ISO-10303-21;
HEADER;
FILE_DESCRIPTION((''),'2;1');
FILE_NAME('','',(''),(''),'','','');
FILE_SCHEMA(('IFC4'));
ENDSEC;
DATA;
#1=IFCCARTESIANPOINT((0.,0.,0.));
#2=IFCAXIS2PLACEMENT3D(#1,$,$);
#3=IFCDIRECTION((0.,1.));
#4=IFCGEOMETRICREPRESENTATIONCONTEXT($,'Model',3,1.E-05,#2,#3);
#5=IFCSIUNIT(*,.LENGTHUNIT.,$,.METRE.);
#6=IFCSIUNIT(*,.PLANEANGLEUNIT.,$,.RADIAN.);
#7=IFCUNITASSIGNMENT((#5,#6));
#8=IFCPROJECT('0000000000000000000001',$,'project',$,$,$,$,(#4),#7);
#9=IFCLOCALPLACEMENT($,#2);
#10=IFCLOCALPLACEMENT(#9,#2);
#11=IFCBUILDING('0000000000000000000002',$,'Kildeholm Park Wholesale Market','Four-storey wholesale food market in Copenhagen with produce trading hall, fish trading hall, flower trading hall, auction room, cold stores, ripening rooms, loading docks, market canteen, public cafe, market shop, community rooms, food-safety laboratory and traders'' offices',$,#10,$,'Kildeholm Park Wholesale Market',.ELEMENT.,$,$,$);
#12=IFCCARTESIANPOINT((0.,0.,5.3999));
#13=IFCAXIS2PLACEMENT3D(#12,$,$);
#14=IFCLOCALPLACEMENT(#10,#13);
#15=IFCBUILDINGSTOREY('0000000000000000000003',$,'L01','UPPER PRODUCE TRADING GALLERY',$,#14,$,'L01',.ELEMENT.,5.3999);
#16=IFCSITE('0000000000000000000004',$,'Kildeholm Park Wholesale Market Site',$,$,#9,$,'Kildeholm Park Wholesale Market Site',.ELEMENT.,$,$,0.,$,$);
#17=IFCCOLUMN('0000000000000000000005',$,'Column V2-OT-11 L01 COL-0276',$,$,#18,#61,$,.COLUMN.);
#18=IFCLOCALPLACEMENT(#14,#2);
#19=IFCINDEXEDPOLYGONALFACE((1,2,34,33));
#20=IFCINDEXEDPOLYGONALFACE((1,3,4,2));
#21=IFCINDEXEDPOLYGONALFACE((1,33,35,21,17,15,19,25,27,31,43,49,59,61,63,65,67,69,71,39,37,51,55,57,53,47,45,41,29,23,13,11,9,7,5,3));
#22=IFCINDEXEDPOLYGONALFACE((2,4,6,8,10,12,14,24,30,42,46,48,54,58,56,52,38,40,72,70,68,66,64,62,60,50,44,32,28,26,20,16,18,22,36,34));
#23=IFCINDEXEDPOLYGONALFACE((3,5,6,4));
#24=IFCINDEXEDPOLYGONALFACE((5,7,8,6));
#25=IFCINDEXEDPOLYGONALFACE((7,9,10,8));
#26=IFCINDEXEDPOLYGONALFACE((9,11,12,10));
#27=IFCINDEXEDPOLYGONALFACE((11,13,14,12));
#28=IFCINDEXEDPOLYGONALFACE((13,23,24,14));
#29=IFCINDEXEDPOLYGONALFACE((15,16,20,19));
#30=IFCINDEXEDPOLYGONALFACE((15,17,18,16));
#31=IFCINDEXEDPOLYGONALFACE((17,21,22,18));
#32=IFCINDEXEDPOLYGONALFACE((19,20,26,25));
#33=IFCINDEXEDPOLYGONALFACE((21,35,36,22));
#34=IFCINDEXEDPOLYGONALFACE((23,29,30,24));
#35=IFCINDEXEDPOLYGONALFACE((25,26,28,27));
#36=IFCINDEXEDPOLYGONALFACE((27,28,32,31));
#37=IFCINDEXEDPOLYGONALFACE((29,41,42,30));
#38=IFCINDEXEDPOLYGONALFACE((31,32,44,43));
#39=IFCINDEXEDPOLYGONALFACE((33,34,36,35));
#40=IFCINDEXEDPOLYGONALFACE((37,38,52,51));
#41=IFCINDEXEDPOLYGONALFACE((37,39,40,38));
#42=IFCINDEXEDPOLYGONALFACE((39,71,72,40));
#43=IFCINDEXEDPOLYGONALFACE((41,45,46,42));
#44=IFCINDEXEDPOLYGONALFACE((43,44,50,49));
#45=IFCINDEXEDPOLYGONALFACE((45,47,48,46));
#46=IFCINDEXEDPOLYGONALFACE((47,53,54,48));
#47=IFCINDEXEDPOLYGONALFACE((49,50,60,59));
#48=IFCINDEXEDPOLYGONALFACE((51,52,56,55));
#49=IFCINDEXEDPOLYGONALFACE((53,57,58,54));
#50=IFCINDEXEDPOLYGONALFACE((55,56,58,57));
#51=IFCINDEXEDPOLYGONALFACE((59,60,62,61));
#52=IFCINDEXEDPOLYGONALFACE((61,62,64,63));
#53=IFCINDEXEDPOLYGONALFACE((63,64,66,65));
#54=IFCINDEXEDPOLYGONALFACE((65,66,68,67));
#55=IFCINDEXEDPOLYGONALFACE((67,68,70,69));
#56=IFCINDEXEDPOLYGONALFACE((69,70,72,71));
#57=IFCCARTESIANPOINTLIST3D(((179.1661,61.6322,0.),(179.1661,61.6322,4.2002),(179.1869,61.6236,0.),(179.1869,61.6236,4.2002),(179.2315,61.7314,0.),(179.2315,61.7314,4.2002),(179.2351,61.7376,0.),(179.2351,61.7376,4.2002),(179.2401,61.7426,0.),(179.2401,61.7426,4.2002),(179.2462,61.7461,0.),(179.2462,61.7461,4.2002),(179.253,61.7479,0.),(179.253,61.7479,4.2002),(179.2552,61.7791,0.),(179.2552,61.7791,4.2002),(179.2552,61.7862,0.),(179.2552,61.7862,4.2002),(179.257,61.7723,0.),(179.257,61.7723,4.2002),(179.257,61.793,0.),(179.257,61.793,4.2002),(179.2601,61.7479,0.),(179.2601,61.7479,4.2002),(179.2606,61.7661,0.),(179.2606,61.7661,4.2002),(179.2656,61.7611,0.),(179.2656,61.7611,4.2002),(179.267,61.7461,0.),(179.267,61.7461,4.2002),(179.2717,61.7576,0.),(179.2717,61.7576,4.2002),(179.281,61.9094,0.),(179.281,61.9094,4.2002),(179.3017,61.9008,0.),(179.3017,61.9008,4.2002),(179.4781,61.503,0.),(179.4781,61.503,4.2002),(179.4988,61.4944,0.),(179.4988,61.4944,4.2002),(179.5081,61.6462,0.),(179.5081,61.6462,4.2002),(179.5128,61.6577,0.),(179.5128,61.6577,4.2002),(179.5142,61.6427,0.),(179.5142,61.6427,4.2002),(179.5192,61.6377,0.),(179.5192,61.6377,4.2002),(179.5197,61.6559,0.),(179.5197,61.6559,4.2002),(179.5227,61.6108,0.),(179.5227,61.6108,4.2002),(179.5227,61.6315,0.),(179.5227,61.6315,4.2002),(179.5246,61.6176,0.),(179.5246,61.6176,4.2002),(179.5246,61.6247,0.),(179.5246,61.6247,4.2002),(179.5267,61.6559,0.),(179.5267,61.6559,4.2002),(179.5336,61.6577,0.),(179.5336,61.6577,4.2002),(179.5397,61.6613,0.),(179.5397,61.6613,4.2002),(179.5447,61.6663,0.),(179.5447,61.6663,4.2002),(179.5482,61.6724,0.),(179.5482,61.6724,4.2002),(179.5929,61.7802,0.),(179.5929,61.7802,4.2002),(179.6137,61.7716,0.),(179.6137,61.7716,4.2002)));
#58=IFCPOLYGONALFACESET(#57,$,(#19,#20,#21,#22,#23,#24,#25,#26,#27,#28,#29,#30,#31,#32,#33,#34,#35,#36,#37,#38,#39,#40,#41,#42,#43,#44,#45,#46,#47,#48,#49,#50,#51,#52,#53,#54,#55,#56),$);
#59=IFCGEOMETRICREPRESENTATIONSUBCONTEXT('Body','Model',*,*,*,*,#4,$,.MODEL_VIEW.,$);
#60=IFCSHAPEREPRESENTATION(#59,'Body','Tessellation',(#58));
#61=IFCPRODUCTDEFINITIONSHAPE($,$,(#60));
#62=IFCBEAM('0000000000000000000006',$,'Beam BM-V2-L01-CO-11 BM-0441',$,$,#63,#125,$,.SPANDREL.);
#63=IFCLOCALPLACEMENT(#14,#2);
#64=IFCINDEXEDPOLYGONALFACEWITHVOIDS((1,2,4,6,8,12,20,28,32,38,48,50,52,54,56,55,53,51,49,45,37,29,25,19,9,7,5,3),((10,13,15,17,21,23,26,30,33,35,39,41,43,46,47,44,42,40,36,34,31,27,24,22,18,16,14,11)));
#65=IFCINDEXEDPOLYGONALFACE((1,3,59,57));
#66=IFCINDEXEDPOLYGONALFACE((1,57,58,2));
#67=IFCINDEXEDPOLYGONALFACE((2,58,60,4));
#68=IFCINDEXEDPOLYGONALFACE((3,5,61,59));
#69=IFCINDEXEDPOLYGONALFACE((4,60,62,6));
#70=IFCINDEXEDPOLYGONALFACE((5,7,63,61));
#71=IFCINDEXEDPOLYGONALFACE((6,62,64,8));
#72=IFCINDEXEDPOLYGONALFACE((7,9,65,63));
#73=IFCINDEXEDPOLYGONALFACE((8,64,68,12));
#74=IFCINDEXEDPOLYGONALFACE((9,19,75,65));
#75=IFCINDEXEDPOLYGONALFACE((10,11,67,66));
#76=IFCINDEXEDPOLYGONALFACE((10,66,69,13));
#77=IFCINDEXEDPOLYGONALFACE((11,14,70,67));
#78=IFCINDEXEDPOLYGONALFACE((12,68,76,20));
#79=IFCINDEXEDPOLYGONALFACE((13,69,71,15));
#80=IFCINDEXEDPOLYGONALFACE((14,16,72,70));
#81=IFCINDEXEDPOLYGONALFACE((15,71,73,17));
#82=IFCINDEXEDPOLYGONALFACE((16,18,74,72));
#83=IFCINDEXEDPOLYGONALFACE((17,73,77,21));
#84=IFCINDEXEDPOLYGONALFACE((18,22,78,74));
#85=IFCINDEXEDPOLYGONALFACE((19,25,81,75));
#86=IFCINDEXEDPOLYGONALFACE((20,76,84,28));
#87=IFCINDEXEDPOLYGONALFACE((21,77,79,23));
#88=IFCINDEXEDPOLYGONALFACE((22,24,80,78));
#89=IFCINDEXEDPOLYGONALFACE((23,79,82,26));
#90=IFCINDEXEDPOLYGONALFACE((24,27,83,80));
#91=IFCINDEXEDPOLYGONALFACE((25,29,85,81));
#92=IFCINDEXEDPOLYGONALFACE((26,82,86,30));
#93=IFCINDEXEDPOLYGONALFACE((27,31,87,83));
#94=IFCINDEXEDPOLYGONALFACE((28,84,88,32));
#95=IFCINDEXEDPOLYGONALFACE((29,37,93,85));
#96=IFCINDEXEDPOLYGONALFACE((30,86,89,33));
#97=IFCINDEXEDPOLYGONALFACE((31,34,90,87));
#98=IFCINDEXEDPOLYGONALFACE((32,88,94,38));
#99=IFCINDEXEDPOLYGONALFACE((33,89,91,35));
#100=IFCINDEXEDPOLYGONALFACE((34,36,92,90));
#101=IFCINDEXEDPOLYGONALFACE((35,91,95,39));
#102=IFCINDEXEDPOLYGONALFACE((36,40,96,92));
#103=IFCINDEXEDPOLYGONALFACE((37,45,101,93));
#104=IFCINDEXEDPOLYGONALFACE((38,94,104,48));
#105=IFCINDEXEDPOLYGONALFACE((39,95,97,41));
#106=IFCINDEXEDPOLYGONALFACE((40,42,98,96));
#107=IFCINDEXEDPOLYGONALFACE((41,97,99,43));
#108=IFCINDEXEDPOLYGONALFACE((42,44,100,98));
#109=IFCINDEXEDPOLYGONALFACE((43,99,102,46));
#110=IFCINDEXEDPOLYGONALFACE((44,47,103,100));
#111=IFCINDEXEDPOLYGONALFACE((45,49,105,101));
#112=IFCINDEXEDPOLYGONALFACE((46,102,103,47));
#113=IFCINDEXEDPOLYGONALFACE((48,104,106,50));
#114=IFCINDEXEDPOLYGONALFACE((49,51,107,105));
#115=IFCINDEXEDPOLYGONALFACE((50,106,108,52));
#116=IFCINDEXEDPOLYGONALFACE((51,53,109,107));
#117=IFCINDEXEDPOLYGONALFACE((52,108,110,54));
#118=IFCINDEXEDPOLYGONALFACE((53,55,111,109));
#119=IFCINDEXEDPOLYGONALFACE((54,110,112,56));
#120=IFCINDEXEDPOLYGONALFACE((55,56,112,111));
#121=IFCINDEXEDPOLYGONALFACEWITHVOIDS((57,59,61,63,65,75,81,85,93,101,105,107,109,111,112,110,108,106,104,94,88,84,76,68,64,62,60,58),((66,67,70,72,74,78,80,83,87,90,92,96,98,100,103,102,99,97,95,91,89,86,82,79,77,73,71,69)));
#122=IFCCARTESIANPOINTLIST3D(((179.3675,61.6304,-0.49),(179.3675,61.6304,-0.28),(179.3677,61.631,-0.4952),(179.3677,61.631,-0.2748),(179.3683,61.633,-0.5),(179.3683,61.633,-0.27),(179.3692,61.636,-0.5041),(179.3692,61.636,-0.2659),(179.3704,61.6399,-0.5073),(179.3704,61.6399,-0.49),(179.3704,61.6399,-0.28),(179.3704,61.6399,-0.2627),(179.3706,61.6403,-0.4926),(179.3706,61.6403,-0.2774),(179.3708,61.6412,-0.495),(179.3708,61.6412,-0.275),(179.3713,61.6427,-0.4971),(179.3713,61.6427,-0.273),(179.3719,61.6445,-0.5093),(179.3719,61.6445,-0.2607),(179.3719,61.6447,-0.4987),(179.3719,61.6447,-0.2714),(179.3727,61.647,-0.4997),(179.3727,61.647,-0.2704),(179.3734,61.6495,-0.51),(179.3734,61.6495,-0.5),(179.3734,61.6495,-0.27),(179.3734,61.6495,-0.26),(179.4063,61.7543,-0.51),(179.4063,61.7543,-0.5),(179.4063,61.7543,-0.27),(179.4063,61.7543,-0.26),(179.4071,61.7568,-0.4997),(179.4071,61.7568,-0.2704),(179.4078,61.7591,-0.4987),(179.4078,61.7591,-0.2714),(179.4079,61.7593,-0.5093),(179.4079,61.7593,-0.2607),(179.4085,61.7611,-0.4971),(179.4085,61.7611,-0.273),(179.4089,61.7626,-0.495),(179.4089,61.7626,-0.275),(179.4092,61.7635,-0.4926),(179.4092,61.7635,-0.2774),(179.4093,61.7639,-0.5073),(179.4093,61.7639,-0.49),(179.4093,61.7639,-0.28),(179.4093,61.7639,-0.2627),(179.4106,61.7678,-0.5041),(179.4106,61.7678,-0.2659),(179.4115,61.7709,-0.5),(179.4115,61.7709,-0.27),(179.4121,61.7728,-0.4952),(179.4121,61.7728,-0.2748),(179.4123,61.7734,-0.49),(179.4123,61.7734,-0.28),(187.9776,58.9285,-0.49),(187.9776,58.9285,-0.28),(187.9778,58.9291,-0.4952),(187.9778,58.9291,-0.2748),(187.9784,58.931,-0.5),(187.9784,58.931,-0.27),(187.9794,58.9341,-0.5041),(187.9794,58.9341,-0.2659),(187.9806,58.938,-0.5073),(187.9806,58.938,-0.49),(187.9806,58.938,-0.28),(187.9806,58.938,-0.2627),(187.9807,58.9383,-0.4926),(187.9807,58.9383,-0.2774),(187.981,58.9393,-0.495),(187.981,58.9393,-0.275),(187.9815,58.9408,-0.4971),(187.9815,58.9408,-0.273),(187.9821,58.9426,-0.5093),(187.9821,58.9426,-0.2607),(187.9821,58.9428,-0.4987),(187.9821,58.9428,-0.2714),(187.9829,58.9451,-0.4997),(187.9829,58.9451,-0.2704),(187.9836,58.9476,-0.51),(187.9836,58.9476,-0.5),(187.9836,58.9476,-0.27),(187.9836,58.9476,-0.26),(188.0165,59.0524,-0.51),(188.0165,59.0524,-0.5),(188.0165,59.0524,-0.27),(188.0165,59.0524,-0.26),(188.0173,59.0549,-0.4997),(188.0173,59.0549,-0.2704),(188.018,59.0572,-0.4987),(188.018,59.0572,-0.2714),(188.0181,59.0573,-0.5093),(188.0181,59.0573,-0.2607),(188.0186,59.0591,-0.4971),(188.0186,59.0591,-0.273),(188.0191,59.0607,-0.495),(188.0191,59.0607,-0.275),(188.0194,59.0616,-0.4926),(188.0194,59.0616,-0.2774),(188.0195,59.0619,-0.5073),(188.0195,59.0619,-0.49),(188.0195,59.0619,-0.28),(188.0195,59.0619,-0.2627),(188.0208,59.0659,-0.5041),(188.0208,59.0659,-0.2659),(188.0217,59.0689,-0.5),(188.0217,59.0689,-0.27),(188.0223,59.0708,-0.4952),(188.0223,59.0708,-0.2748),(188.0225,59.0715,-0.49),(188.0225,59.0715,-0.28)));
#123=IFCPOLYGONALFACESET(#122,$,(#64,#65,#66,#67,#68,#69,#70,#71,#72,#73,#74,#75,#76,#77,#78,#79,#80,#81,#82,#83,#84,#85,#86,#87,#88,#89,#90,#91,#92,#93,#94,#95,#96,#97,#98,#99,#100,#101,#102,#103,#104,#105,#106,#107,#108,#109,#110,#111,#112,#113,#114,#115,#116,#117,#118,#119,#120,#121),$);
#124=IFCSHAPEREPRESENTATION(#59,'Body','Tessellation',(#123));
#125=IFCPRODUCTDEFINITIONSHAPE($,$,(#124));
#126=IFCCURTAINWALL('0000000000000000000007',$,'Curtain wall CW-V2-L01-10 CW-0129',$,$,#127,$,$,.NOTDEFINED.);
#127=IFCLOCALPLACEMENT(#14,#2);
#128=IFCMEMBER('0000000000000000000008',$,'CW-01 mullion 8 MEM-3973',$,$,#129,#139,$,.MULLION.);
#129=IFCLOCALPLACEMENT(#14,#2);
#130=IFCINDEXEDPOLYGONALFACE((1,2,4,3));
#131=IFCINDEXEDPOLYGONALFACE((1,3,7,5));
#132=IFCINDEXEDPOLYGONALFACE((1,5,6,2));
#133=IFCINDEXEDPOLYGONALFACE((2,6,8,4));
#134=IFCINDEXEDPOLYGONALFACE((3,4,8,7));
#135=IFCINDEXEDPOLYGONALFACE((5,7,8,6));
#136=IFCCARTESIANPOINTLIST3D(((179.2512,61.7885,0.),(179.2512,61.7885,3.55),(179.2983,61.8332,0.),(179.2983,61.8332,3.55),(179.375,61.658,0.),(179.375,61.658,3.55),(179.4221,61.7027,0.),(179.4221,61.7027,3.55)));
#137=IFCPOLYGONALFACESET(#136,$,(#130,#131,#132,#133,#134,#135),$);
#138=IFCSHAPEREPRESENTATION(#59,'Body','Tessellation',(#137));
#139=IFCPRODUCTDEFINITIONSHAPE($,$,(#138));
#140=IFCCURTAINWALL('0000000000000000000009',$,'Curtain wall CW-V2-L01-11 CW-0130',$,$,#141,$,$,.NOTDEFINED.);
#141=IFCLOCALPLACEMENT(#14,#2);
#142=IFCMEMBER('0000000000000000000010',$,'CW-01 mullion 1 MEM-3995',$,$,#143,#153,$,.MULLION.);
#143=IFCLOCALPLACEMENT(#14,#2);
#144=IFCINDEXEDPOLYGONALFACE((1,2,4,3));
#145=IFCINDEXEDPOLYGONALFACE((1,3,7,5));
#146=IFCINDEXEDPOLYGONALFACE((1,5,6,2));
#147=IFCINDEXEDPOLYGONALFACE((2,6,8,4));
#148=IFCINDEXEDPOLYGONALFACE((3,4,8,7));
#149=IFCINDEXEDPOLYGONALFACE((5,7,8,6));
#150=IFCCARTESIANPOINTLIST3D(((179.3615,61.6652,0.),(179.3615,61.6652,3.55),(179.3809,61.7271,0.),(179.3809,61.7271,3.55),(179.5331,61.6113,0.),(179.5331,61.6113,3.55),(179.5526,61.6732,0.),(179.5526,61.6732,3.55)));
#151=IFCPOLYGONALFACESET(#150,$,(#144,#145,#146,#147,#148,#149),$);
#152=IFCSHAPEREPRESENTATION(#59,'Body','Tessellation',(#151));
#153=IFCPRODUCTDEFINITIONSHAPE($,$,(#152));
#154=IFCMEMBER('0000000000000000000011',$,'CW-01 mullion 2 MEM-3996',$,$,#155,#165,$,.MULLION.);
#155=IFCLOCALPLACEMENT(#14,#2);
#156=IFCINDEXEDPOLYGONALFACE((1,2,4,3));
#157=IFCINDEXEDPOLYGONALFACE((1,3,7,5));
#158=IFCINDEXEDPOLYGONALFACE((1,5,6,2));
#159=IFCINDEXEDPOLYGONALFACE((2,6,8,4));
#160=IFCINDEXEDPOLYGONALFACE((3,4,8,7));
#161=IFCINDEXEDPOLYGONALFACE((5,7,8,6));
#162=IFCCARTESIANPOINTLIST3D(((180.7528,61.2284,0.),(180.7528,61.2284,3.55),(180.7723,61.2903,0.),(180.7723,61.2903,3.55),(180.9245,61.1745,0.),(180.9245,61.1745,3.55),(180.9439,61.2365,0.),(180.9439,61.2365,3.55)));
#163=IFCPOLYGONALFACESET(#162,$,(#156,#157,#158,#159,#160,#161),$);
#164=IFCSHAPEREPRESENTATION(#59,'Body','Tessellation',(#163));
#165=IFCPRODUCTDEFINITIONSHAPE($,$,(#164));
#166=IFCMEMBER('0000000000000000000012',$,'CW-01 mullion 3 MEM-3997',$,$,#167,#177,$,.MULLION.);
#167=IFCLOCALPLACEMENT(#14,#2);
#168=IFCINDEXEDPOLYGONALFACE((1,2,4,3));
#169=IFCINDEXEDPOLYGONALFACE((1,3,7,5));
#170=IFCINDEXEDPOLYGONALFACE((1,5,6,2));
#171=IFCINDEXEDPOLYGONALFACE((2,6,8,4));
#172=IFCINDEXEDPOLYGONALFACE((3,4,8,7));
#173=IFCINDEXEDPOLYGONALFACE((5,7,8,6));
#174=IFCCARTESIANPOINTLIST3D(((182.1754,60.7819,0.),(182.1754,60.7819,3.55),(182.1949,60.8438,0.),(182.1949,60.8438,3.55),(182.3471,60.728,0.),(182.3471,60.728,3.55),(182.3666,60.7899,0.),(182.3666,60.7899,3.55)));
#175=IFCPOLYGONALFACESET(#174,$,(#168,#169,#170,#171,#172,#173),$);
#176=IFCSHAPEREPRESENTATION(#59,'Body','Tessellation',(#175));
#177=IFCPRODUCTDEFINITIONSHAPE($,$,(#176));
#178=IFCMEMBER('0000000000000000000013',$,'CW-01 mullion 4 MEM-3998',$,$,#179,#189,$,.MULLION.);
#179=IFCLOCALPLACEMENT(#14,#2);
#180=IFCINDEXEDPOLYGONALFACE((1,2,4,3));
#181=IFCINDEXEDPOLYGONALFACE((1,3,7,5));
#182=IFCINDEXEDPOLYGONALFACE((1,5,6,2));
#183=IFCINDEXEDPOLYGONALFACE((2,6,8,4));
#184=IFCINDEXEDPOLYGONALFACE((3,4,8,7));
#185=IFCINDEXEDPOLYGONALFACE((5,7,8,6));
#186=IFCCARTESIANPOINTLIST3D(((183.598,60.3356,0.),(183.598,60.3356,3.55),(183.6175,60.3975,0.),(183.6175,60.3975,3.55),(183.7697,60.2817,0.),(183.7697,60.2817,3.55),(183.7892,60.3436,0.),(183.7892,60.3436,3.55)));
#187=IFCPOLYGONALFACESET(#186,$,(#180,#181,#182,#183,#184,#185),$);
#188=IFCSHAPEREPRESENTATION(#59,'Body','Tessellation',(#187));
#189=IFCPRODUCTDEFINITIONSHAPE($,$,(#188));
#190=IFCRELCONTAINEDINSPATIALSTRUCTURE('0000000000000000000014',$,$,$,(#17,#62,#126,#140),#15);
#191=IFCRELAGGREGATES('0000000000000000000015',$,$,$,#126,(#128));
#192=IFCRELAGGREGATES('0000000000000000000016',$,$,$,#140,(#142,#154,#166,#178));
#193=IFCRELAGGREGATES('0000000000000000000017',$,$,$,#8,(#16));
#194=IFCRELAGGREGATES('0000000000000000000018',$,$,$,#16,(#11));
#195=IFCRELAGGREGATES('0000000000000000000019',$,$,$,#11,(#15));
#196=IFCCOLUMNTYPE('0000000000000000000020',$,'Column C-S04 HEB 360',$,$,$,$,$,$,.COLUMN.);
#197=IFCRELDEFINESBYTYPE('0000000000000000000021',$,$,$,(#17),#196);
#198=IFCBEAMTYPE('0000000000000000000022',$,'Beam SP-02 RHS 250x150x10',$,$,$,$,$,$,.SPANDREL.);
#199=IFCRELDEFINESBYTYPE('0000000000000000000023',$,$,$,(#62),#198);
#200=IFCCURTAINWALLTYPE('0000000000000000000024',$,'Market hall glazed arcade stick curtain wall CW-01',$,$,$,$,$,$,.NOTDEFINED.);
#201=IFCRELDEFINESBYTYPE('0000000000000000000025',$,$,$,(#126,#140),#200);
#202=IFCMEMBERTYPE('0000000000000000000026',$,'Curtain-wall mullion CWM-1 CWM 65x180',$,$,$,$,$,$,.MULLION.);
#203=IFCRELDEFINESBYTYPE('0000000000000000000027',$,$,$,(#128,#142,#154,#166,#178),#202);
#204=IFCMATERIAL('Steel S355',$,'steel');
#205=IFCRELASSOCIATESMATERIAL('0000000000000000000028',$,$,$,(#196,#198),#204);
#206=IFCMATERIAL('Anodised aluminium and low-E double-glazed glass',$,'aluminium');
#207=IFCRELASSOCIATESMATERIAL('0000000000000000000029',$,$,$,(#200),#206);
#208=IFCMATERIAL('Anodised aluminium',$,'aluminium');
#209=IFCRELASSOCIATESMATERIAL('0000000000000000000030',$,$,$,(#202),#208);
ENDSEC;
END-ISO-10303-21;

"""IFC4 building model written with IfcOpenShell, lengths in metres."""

from ifc_helpers import new_model, si_unit, direction, frame, origin, origin_2d, place, context, subcontext, project, spatial, rectangle, hollow_rectangle, i_section, extrude, material, material_profile, profile_set, type_object, element, aggregate, save


model = new_model("IFC4")

# Units and contexts
model_context = context("Model", 3, precision=1e-05, world=origin(), true_north=direction((0.0, 1.0)))
body_context = subcontext(model_context, "Body", "Model", "MODEL_VIEW")
ifc_project = project(units=[si_unit("LENGTHUNIT", "METRE"), si_unit("PLANEANGLEUNIT", "RADIAN")], contexts=[model_context])

# Site, building, storey
site_placement = place(None, origin())
site = spatial("IfcSite", under=ifc_project, at=site_placement, Name="Kildeholm Park Wholesale Market Site", LongName="Kildeholm Park Wholesale Market Site", CompositionType="ELEMENT", RefElevation=0.0)
building_placement = place(site_placement, origin())
building = spatial("IfcBuilding", under=site, at=building_placement, Name="Kildeholm Park Wholesale Market", Description="Four-storey wholesale food market in Copenhagen with produce trading hall, fish trading hall, flower trading hall, auction room, cold stores, ripening rooms, loading docks, market canteen, public cafe, market shop, community rooms, food-safety laboratory and traders' offices", LongName="Kildeholm Park Wholesale Market", CompositionType="ELEMENT")
storey_placement = place(building_placement, frame((0.0, 0.0, 5.3999)))
storey = spatial("IfcBuildingStorey", under=building, at=storey_placement, Name="L01", Description="UPPER PRODUCE TRADING GALLERY", LongName="L01", CompositionType="ELEMENT", Elevation=5.3999)

# Column
ifc_material_1 = material(Name="Steel S355", Category="steel")
ifc_material_profile_1 = material_profile(ifc_material_1, i_section(OverallWidth=0.3, OverallDepth=0.3601, WebThickness=0.0125, FlangeThickness=0.0225, FilletRadius=0.0271, at=origin_2d()), Name="HEB 360")
ifc_profile_set_1 = profile_set([ifc_material_profile_1], Name="Steel S355")
column_type = type_object("IfcColumnType", Name="Column C-S04 HEB 360", PredefinedType="COLUMN", material=ifc_profile_set_1)
column_placement = place(storey_placement, frame((179.3899, 61.7019, 0.0), z_axis=(0.0, 0.0, 1.0), x_axis=(-0.382683, -0.92388, 0.0)))
element("IfcColumn", 1, at=column_placement, inside=storey, type_object=column_type, Name="Column V2-OT-11 L01 COL-0276", PredefinedType="COLUMN", context=body_context, shape_type="SweptSolid", body=[
    extrude(i_section(OverallWidth=0.3, OverallDepth=0.3601, WebThickness=0.0125, FlangeThickness=0.0225, FilletRadius=0.0271, at=origin_2d()), origin(), (0.0, 0.0, 1.0), 4.2002),
])

# Beam
ifc_material_profile_2 = material_profile(ifc_material_1, hollow_rectangle(XDim=0.1499, YDim=0.25, WallThickness=0.01, InnerFilletRadius=0.01, OuterFilletRadius=0.02, at=origin_2d()), Name="RHS 250x150x10")
ifc_profile_set_2 = profile_set([ifc_material_profile_2], Name="Steel S355")
beam_type = type_object("IfcBeamType", Name="Beam SP-02 RHS 250x150x10", PredefinedType="SPANDREL", material=ifc_profile_set_2)
beam_placement = place(storey_placement, frame((179.3899, 61.7019, -0.385), z_axis=(0.954125, -0.29941, 0.0), x_axis=(0.29941, 0.954125, 0.0)))
element("IfcBeam", 2, at=beam_placement, inside=storey, type_object=beam_type, Name="Beam BM-V2-L01-CO-11 BM-0441", PredefinedType="SPANDREL", context=body_context, shape_type="SweptSolid", body=[
    extrude(hollow_rectangle(XDim=0.1499, YDim=0.25, WallThickness=0.01, InnerFilletRadius=0.01, OuterFilletRadius=0.02, at=origin_2d()), origin(), (0.0, 0.0, 1.0), 9.0242),
])

# Curtain wall, member
ifc_material_2 = material(Name="Anodised aluminium and low-E double-glazed glass", Category="aluminium")
curtain_wall_type = type_object("IfcCurtainWallType", Name="Market hall glazed arcade stick curtain wall CW-01", PredefinedType="NOTDEFINED", material=ifc_material_2)
curtain_wall_1_placement = place(storey_placement, origin())
curtain_wall_1 = element("IfcCurtainWall", 3, at=curtain_wall_1_placement, inside=storey, type_object=curtain_wall_type, Name="Curtain wall CW-V2-L01-10 CW-0129", PredefinedType="NOTDEFINED")
ifc_material_3 = material(Name="Anodised aluminium", Category="aluminium")
ifc_material_profile_3 = material_profile(ifc_material_3, rectangle(XDim=0.0649, YDim=0.1799, at=origin_2d()), Name="CWM 65x180")
ifc_profile_set_3 = profile_set([ifc_material_profile_3], Name="Anodised aluminium")
member_type_1 = type_object("IfcMemberType", Name="Curtain-wall mullion CWM-1 CWM 65x180", PredefinedType="MULLION", material=ifc_profile_set_3)
member_1_placement = place(storey_placement, frame((179.3367, 61.7456, 0.0), z_axis=(0.0, 0.0, 1.0), x_axis=(0.725571, 0.688148, 0.0)))
member_1 = element("IfcMember", 4, at=member_1_placement, type_object=member_type_1, Name="CW-01 mullion 8 MEM-3973", PredefinedType="MULLION", context=body_context, shape_type="SweptSolid", body=[
    extrude(rectangle(XDim=0.0649, YDim=0.1799, at=origin_2d()), origin(), (0.0, 0.0, 1.0), 3.55),
])

# Curtain wall, members
curtain_wall_2_placement = place(storey_placement, origin())
curtain_wall_2 = element("IfcCurtainWall", 5, at=curtain_wall_2_placement, inside=storey, type_object=curtain_wall_type, Name="Curtain wall CW-V2-L01-11 CW-0130", PredefinedType="NOTDEFINED")
member_2_placement = place(storey_placement, frame((179.457, 61.6692, 0.0), z_axis=(0.0, 0.0, 1.0), x_axis=(0.299478, 0.954103, 0.0)))
member_2 = element("IfcMember", 6, at=member_2_placement, type_object=member_type_1, Name="CW-01 mullion 1 MEM-3995", PredefinedType="MULLION", context=body_context, shape_type="SweptSolid", body=[
    extrude(rectangle(XDim=0.0649, YDim=0.1799, at=origin_2d()), origin(), (0.0, 0.0, 1.0), 3.55),
])
member_3_placement = place(storey_placement, frame((180.8484, 61.2324, 0.0), z_axis=(0.0, 0.0, 1.0), x_axis=(0.299478, 0.954103, 0.0)))
member_3 = element("IfcMember", 7, at=member_3_placement, type_object=member_type_1, Name="CW-01 mullion 2 MEM-3996", PredefinedType="MULLION", context=body_context, shape_type="SweptSolid", body=[
    extrude(rectangle(XDim=0.0649, YDim=0.1799, at=origin_2d()), origin(), (0.0, 0.0, 1.0), 3.55),
])
member_4_placement = place(storey_placement, frame((182.271, 60.7859, 0.0), z_axis=(0.0, 0.0, 1.0), x_axis=(0.299478, 0.954103, 0.0)))
member_4 = element("IfcMember", 8, at=member_4_placement, type_object=member_type_1, Name="CW-01 mullion 3 MEM-3997", PredefinedType="MULLION", context=body_context, shape_type="SweptSolid", body=[
    extrude(rectangle(XDim=0.0649, YDim=0.1799, at=origin_2d()), origin(), (0.0, 0.0, 1.0), 3.55),
])
member_5_placement = place(storey_placement, frame((183.6936, 60.3396, 0.0), z_axis=(0.0, 0.0, 1.0), x_axis=(0.299478, 0.954103, 0.0)))
member_5 = element("IfcMember", 9, at=member_5_placement, type_object=member_type_1, Name="CW-01 mullion 4 MEM-3998", PredefinedType="MULLION", context=body_context, shape_type="SweptSolid", body=[
    extrude(rectangle(XDim=0.0649, YDim=0.1799, at=origin_2d()), origin(), (0.0, 0.0, 1.0), 3.55),
])

aggregate(curtain_wall_1, [member_1])
aggregate(curtain_wall_2, [member_2, member_3, member_4, member_5])

save(model, "model.ifc")
